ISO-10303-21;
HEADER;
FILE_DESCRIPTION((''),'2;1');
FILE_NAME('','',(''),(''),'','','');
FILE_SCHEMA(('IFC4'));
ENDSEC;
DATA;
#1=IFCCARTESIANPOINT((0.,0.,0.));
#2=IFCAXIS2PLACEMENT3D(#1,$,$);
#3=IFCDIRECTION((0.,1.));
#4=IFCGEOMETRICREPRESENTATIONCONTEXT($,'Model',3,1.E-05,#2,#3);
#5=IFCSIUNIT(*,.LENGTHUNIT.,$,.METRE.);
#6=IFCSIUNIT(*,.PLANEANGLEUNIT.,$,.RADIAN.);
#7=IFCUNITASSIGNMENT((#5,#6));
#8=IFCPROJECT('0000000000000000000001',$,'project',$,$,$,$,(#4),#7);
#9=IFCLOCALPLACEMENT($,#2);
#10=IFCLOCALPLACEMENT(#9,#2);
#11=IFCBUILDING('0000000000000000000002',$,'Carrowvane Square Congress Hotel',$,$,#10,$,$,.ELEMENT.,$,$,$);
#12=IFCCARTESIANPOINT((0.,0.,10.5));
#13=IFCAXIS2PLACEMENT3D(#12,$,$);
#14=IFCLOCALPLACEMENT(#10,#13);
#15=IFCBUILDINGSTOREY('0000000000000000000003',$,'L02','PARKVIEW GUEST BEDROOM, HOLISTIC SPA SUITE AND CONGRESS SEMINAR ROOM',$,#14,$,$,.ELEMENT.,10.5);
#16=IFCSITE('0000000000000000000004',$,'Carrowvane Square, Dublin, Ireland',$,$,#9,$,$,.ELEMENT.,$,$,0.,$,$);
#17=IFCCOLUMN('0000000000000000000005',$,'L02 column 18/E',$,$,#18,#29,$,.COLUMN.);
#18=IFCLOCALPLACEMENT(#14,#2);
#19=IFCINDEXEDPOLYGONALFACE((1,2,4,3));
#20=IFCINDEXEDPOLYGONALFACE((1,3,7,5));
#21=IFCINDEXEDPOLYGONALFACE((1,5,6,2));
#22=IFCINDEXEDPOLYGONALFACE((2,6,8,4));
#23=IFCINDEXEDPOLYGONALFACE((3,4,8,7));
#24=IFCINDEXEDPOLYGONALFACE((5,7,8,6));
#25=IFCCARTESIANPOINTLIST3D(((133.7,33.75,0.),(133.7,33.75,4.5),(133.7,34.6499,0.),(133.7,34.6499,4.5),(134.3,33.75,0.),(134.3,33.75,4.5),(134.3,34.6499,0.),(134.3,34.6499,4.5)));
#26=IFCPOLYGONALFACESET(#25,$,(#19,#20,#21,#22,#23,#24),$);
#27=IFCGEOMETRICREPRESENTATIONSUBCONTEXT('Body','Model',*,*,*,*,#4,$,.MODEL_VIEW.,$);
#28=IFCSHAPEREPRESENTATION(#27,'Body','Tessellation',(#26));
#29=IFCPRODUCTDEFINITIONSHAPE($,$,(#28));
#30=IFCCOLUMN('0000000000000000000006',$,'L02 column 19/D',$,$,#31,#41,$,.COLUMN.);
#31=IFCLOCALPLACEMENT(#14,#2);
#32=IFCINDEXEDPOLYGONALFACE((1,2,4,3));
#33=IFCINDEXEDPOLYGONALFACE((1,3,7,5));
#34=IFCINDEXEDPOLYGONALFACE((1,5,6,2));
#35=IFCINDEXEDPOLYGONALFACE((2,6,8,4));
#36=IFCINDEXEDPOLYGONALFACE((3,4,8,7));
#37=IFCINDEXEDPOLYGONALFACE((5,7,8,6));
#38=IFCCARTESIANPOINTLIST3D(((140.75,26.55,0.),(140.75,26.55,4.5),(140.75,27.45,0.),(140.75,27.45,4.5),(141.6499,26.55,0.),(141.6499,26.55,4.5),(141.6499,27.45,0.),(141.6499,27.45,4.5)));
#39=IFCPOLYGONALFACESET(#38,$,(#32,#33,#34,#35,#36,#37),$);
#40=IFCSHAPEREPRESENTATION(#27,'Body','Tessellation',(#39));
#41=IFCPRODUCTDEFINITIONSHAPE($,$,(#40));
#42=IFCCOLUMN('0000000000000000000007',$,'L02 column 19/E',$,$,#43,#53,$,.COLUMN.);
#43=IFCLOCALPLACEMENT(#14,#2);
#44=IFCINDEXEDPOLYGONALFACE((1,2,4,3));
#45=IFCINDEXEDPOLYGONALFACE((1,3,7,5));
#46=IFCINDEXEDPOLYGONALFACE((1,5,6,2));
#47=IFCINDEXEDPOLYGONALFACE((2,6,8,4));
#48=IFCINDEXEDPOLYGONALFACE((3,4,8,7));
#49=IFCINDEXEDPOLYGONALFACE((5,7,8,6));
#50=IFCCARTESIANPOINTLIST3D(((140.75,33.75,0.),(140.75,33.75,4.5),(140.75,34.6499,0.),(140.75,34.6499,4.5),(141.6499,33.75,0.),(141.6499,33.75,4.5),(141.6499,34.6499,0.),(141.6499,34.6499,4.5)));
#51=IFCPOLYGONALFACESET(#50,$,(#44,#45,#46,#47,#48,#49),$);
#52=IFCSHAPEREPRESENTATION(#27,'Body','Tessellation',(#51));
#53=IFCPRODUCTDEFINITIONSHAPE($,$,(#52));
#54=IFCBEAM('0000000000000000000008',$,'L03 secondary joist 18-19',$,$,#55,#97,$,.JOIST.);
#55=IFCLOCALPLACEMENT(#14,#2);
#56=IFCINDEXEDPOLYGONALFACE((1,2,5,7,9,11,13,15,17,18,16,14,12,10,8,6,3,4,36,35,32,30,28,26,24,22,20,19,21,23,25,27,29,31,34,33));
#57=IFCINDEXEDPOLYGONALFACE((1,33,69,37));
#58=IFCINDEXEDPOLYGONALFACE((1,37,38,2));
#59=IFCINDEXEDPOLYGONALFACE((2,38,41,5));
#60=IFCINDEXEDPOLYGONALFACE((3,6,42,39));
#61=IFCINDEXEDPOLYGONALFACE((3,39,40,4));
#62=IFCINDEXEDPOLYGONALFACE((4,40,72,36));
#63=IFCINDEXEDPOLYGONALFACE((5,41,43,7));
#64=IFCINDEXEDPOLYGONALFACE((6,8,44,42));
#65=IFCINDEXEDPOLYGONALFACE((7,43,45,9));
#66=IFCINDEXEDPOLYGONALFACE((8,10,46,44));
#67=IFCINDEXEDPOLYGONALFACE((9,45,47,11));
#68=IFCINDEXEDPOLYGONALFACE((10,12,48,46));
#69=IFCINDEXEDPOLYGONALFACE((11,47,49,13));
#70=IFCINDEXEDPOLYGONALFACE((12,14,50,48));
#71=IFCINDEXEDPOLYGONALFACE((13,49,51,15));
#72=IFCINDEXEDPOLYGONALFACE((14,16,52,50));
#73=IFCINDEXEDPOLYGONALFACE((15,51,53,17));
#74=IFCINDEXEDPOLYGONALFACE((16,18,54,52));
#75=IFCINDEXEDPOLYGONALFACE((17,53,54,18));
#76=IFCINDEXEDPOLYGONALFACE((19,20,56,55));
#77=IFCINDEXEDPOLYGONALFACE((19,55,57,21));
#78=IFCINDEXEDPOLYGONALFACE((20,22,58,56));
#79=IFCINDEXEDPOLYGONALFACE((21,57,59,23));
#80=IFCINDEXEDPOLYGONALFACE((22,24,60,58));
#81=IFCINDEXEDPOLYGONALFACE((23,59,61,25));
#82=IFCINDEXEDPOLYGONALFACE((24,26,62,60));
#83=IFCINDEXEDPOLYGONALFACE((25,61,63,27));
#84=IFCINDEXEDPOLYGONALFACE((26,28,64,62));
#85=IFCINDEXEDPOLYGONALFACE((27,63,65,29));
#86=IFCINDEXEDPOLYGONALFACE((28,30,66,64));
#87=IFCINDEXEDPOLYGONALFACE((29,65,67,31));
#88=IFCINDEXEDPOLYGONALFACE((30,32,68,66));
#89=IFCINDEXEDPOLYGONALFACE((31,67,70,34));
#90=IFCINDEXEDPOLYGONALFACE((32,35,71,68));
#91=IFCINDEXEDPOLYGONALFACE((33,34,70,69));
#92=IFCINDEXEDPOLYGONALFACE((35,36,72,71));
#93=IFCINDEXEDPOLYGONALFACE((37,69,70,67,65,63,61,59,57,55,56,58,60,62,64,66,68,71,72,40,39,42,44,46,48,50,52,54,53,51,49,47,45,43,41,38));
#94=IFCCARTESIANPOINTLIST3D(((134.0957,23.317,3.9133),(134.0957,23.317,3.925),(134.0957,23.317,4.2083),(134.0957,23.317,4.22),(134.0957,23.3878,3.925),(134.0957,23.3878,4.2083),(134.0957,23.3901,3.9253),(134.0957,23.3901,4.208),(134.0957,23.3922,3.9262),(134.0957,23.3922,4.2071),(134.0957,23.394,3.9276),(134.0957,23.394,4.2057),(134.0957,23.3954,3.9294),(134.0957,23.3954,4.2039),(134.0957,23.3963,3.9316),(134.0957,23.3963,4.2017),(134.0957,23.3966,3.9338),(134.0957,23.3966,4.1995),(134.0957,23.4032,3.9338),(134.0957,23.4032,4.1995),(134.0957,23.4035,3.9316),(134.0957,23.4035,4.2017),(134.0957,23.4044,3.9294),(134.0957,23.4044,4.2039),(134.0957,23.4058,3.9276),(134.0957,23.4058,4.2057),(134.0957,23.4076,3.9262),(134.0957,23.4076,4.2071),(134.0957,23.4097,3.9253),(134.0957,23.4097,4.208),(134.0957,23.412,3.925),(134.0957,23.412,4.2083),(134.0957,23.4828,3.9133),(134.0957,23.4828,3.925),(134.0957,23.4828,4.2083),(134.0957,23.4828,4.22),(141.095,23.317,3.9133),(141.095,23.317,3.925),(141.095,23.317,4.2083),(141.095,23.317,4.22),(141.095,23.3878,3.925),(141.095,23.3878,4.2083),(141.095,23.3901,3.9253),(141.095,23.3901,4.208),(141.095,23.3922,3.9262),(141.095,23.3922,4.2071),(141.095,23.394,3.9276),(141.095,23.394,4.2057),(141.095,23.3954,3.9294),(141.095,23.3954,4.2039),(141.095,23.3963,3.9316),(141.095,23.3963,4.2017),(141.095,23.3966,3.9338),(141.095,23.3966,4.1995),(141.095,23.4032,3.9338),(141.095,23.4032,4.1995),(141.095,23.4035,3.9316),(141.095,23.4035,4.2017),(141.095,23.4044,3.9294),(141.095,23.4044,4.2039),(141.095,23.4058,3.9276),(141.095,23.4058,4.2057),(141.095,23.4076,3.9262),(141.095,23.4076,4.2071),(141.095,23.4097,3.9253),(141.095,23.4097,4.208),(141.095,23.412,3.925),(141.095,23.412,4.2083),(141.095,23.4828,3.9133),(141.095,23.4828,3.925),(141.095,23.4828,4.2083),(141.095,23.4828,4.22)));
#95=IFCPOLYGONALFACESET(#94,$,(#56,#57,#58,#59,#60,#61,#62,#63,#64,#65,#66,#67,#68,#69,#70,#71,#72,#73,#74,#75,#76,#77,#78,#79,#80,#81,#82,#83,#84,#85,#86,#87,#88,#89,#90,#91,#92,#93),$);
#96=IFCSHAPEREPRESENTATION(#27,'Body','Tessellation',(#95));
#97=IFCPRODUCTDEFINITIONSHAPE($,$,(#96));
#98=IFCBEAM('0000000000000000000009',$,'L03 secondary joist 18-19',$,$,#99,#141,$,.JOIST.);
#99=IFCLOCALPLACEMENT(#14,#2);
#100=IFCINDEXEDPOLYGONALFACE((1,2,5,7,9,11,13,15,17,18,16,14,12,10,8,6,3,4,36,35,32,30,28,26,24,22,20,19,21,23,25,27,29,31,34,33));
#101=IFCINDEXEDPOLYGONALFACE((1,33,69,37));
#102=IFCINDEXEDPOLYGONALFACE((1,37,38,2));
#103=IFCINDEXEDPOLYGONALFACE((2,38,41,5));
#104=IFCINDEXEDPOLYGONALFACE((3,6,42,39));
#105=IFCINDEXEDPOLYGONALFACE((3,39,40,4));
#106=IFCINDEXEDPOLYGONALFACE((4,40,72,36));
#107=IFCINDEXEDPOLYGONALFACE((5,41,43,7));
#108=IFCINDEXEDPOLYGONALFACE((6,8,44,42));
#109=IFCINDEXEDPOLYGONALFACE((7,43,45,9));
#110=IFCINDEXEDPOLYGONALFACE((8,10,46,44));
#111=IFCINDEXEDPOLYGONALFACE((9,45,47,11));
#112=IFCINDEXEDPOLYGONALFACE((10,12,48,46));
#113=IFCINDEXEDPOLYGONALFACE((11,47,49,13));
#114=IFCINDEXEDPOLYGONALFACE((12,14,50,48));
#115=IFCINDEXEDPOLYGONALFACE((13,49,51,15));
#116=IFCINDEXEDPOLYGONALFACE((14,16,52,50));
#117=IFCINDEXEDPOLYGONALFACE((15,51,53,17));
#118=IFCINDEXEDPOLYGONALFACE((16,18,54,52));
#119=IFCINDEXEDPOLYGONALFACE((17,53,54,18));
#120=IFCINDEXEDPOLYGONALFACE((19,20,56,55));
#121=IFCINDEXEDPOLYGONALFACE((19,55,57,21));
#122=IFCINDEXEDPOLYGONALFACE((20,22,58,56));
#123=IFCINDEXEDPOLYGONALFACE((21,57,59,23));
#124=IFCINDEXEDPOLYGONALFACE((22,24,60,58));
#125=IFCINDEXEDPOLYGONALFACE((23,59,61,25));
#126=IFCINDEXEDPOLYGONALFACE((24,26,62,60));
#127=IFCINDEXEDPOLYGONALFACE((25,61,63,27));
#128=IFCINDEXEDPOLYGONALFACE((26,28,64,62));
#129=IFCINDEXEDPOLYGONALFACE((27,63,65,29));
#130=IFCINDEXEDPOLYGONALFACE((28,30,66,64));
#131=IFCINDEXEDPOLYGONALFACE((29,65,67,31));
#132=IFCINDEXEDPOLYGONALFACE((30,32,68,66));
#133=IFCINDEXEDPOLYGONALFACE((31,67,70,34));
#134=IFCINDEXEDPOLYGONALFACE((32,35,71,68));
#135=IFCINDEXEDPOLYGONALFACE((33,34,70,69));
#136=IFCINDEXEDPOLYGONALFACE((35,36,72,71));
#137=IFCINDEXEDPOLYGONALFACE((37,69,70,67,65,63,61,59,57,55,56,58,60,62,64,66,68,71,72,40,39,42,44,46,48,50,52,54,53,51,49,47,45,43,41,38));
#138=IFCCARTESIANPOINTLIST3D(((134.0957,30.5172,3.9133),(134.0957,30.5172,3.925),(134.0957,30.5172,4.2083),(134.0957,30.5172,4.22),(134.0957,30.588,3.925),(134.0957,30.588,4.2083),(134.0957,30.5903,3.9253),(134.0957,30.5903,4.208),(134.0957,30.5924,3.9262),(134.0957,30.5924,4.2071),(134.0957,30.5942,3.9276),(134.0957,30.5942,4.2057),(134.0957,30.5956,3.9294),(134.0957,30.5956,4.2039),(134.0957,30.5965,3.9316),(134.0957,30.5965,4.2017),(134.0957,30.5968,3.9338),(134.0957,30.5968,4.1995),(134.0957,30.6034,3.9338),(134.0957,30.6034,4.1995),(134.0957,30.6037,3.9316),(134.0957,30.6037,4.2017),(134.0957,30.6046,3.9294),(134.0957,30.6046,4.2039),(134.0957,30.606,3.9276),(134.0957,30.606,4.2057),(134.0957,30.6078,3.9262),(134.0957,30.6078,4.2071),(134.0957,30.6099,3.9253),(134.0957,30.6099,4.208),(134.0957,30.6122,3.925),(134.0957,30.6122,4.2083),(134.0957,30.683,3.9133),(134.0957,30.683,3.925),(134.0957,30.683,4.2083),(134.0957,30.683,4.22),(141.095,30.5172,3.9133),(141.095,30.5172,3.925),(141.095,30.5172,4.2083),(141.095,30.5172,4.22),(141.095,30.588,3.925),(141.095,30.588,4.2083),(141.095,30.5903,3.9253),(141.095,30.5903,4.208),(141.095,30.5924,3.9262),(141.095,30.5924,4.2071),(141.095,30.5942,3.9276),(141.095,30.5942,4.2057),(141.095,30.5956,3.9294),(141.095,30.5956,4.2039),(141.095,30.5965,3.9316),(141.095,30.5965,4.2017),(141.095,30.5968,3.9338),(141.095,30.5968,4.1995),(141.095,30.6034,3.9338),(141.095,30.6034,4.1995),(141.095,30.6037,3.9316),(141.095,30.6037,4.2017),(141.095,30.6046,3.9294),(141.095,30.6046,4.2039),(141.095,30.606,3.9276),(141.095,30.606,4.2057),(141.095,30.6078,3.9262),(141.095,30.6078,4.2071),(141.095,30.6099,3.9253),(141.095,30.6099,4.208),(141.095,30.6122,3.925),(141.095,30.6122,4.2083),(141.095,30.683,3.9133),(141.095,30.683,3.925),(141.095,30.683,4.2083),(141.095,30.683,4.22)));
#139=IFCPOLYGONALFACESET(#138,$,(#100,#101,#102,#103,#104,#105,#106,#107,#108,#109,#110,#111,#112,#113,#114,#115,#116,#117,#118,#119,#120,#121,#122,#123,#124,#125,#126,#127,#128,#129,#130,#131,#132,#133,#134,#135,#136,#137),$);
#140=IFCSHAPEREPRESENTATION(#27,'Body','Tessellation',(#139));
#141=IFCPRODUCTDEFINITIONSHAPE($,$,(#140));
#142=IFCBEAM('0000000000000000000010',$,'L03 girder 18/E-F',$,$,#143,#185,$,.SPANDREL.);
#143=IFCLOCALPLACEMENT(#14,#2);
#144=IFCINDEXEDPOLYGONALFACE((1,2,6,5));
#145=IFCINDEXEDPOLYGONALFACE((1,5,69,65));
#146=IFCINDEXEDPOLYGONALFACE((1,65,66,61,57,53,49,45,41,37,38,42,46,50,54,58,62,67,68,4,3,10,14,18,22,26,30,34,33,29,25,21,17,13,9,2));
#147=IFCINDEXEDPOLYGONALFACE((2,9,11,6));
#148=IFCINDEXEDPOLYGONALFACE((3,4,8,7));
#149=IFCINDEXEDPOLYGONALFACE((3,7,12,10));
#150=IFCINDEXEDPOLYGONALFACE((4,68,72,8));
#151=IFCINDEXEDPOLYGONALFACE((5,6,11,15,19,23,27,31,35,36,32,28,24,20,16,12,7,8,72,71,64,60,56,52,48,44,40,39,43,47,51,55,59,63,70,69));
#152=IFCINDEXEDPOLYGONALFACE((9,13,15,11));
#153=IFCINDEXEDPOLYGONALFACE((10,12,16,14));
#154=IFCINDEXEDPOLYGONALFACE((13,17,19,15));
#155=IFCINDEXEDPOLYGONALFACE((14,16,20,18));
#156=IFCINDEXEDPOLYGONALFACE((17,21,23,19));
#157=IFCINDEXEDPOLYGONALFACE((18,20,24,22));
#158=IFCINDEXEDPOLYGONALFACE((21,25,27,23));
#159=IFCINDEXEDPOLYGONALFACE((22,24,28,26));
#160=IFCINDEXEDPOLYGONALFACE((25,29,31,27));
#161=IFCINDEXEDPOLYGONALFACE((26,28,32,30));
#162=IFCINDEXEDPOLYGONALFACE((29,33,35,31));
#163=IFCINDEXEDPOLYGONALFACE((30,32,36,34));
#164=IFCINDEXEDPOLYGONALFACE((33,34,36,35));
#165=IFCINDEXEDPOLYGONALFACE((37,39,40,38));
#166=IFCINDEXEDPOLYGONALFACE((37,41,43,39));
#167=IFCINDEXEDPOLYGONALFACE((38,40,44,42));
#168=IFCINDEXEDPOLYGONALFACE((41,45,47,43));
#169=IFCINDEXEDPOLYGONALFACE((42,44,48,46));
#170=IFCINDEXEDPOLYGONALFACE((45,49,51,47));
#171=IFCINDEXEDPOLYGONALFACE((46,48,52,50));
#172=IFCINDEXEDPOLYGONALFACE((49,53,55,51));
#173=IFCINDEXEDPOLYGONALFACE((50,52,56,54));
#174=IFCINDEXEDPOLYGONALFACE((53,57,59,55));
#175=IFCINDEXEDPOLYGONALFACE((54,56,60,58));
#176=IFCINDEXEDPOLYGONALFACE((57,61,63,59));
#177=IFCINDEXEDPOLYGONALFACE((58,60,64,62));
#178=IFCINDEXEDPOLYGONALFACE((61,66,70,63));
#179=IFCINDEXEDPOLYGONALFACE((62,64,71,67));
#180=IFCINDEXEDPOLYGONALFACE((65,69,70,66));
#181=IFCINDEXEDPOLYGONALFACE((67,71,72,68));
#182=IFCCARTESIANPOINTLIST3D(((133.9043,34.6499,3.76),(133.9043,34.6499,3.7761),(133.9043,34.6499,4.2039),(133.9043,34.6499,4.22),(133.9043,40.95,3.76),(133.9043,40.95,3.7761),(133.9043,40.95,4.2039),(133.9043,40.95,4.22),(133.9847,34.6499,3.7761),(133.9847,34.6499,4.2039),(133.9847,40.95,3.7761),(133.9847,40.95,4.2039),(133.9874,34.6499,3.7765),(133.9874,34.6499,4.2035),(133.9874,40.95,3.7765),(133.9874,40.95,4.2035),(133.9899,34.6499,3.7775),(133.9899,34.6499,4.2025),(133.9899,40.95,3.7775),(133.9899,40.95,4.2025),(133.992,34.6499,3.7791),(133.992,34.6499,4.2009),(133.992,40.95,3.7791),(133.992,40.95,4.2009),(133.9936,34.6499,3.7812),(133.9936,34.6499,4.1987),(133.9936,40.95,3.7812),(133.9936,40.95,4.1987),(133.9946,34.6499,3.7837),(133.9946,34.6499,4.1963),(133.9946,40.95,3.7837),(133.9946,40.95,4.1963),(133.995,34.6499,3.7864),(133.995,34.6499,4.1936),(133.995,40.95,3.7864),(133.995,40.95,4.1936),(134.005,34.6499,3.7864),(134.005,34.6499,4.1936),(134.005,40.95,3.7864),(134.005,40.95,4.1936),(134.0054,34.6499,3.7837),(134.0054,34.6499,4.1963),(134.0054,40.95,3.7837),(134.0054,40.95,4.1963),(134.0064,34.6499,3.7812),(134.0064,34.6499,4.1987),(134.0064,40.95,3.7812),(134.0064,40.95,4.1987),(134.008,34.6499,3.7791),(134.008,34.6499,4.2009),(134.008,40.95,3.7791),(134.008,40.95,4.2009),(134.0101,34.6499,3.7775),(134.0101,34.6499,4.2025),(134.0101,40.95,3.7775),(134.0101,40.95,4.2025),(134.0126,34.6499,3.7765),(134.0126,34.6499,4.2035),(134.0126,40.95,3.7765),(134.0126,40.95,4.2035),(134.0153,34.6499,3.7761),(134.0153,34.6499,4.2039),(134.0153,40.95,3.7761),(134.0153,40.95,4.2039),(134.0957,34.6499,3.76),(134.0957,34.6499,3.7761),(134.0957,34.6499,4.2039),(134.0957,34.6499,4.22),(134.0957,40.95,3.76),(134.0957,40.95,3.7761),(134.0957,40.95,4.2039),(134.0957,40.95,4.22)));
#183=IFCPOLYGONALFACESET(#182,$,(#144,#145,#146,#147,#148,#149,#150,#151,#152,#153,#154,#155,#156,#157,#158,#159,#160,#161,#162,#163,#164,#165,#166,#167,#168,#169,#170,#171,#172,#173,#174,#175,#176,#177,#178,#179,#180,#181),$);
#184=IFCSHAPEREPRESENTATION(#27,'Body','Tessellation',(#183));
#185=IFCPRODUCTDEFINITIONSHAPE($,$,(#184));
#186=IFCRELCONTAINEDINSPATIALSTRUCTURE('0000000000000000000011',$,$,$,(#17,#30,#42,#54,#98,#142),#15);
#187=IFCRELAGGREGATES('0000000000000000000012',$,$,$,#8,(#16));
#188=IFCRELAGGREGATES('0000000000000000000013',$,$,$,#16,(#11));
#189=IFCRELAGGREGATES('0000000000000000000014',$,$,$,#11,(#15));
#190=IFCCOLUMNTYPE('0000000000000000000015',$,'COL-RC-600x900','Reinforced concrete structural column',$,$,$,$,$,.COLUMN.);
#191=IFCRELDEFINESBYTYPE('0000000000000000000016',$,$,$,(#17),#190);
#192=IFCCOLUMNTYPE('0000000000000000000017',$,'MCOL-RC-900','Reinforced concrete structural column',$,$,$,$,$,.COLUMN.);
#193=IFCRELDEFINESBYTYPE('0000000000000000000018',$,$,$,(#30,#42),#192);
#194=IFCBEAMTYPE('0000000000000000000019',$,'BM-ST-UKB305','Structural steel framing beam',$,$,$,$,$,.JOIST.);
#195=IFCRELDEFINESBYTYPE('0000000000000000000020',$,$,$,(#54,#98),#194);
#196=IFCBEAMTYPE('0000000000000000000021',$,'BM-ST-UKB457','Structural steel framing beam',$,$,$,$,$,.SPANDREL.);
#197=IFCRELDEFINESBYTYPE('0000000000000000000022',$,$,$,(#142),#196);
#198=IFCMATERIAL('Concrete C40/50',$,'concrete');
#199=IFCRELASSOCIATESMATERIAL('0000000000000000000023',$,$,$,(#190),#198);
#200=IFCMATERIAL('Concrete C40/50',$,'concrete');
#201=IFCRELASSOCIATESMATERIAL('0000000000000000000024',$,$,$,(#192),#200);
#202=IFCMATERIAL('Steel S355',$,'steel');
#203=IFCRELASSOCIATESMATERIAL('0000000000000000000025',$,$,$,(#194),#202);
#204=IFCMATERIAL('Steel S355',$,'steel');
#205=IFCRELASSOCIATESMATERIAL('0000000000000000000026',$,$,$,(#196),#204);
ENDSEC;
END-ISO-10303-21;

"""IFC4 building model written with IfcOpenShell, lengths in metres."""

from ifc_helpers import new_model, si_unit, direction, frame, origin, origin_2d, place, context, subcontext, project, spatial, rectangle, i_section, extrude, material, material_profile, profile_set, type_object, element, save


model = new_model("IFC4")

# Units and contexts
model_context = context("Model", 3, precision=1e-05, world=origin(), true_north=direction((0.0, 1.0)))
body_context = subcontext(model_context, "Body", "Model", "MODEL_VIEW")
ifc_project = project(units=[si_unit("LENGTHUNIT", "METRE"), si_unit("PLANEANGLEUNIT", "RADIAN")], contexts=[model_context])

# Site, building, storey
site_placement = place(None, origin())
site = spatial("IfcSite", under=ifc_project, at=site_placement, Name="Carrowvane Square, Dublin, Ireland", CompositionType="ELEMENT", RefElevation=0.0)
building_placement = place(site_placement, origin())
building = spatial("IfcBuilding", under=site, at=building_placement, Name="Carrowvane Square Congress Hotel", CompositionType="ELEMENT")
storey_placement = place(building_placement, frame((0.0, 0.0, 10.5)))
storey = spatial("IfcBuildingStorey", under=building, at=storey_placement, Name="L02", Description="PARKVIEW GUEST BEDROOM, HOLISTIC SPA SUITE AND CONGRESS SEMINAR ROOM", CompositionType="ELEMENT", Elevation=10.5)

# Columns
ifc_material_1 = material(Name="Concrete C40/50", Category="concrete")
ifc_material_profile_1 = material_profile(ifc_material_1, rectangle(XDim=0.6001, YDim=0.8999, at=origin_2d()), Name="RC 600x900")
ifc_profile_set_1 = profile_set([ifc_material_profile_1], Name="Concrete C40/50")
column_type_1 = type_object("IfcColumnType", Name="COL-RC-600x900", Description="Reinforced concrete structural column", PredefinedType="COLUMN", material=ifc_profile_set_1)
column_placement = place(storey_placement, frame((134.0, 34.2, 0.0), z_axis=(0.0, 0.0, 1.0), x_axis=(1.0, 0.0, 0.0)))
element("IfcColumn", 1, at=column_placement, inside=storey, type_object=column_type_1, Name="L02 column 18/E", PredefinedType="COLUMN", context=body_context, shape_type="SweptSolid", body=[
    extrude(rectangle(XDim=0.6001, YDim=0.8999, at=origin_2d()), origin(), (0.0, 0.0, 1.0), 4.5),
])
ifc_material_2 = material(Name="Concrete C40/50", Category="concrete")
ifc_material_profile_2 = material_profile(ifc_material_2, rectangle(XDim=0.8999, YDim=0.8999, at=origin_2d()), Name="RC 900x900")
ifc_profile_set_2 = profile_set([ifc_material_profile_2], Name="Concrete C40/50")
column_type_2 = type_object("IfcColumnType", Name="MCOL-RC-900", Description="Reinforced concrete structural column", PredefinedType="COLUMN", material=ifc_profile_set_2)
for number, where, z_axis, x_axis, name in (
    (2, (141.2, 27.0, 0.0), (0.0, 0.0, 1.0), (1.0, 0.0, 0.0), "L02 column 19/D"),
    (3, (141.2, 34.2, 0.0), (0.0, 0.0, 1.0), (1.0, 0.0, 0.0), "L02 column 19/E"),
):
    element("IfcColumn", number, at=place(storey_placement, frame(where, z_axis=z_axis, x_axis=x_axis)), inside=storey, type_object=column_type_2, Name=name, PredefinedType="COLUMN", context=body_context, shape_type="SweptSolid", body=[
        extrude(rectangle(XDim=0.8999, YDim=0.8999, at=origin_2d()), origin(), (0.0, 0.0, 1.0), 4.5),
    ])

# Beams
ifc_material_3 = material(Name="Steel S355", Category="steel")
ifc_material_profile_3 = material_profile(ifc_material_3, i_section(OverallWidth=0.1658, OverallDepth=0.3066, WebThickness=0.0066, FlangeThickness=0.0117, FilletRadius=0.0088, at=origin_2d()), Name="UKB 305x165x46")
ifc_profile_set_3 = profile_set([ifc_material_profile_3], Name="Steel S355")
beam_type_1 = type_object("IfcBeamType", Name="BM-ST-UKB305", Description="Structural steel framing beam", PredefinedType="JOIST", material=ifc_profile_set_3)
for number, where, z_axis, x_axis, name in (
    (4, (134.0957, 23.3999, 4.0667), (1.0, 0.0, 0.0), (0.0, 1.0, 0.0), "L03 secondary joist 18-19"),
    (5, (134.0957, 30.6001, 4.0667), (1.0, 0.0, 0.0), (0.0, 1.0, 0.0), "L03 secondary joist 18-19"),
):
    element("IfcBeam", number, at=place(storey_placement, frame(where, z_axis=z_axis, x_axis=x_axis)), inside=storey, type_object=beam_type_1, Name=name, PredefinedType="JOIST", context=body_context, shape_type="SweptSolid", body=[
        extrude(i_section(OverallWidth=0.1658, OverallDepth=0.3066, WebThickness=0.0066, FlangeThickness=0.0117, FilletRadius=0.0088, at=origin_2d()), origin(), (0.0, 0.0, 1.0), 6.9993),
    ])
ifc_material_4 = material(Name="Steel S355", Category="steel")
ifc_material_profile_4 = material_profile(ifc_material_4, i_section(OverallWidth=0.1914, OverallDepth=0.46, WebThickness=0.01, FlangeThickness=0.0161, FilletRadius=0.0103, at=origin_2d()), Name="UKB 457x191x82")
ifc_profile_set_4 = profile_set([ifc_material_profile_4], Name="Steel S355")
beam_type_2 = type_object("IfcBeamType", Name="BM-ST-UKB457", Description="Structural steel framing beam", PredefinedType="SPANDREL", material=ifc_profile_set_4)
beam_1_placement = place(storey_placement, frame((134.0, 34.6499, 3.99), z_axis=(0.0, 1.0, 0.0), x_axis=(-1.0, 0.0, 0.0)))
element("IfcBeam", 6, at=beam_1_placement, inside=storey, type_object=beam_type_2, Name="L03 girder 18/E-F", PredefinedType="SPANDREL", context=body_context, shape_type="SweptSolid", body=[
    extrude(i_section(OverallWidth=0.1914, OverallDepth=0.46, WebThickness=0.01, FlangeThickness=0.0161, FilletRadius=0.0103, at=origin_2d()), origin(), (0.0, 0.0, 1.0), 6.3),
])

save(model, "model.ifc")
